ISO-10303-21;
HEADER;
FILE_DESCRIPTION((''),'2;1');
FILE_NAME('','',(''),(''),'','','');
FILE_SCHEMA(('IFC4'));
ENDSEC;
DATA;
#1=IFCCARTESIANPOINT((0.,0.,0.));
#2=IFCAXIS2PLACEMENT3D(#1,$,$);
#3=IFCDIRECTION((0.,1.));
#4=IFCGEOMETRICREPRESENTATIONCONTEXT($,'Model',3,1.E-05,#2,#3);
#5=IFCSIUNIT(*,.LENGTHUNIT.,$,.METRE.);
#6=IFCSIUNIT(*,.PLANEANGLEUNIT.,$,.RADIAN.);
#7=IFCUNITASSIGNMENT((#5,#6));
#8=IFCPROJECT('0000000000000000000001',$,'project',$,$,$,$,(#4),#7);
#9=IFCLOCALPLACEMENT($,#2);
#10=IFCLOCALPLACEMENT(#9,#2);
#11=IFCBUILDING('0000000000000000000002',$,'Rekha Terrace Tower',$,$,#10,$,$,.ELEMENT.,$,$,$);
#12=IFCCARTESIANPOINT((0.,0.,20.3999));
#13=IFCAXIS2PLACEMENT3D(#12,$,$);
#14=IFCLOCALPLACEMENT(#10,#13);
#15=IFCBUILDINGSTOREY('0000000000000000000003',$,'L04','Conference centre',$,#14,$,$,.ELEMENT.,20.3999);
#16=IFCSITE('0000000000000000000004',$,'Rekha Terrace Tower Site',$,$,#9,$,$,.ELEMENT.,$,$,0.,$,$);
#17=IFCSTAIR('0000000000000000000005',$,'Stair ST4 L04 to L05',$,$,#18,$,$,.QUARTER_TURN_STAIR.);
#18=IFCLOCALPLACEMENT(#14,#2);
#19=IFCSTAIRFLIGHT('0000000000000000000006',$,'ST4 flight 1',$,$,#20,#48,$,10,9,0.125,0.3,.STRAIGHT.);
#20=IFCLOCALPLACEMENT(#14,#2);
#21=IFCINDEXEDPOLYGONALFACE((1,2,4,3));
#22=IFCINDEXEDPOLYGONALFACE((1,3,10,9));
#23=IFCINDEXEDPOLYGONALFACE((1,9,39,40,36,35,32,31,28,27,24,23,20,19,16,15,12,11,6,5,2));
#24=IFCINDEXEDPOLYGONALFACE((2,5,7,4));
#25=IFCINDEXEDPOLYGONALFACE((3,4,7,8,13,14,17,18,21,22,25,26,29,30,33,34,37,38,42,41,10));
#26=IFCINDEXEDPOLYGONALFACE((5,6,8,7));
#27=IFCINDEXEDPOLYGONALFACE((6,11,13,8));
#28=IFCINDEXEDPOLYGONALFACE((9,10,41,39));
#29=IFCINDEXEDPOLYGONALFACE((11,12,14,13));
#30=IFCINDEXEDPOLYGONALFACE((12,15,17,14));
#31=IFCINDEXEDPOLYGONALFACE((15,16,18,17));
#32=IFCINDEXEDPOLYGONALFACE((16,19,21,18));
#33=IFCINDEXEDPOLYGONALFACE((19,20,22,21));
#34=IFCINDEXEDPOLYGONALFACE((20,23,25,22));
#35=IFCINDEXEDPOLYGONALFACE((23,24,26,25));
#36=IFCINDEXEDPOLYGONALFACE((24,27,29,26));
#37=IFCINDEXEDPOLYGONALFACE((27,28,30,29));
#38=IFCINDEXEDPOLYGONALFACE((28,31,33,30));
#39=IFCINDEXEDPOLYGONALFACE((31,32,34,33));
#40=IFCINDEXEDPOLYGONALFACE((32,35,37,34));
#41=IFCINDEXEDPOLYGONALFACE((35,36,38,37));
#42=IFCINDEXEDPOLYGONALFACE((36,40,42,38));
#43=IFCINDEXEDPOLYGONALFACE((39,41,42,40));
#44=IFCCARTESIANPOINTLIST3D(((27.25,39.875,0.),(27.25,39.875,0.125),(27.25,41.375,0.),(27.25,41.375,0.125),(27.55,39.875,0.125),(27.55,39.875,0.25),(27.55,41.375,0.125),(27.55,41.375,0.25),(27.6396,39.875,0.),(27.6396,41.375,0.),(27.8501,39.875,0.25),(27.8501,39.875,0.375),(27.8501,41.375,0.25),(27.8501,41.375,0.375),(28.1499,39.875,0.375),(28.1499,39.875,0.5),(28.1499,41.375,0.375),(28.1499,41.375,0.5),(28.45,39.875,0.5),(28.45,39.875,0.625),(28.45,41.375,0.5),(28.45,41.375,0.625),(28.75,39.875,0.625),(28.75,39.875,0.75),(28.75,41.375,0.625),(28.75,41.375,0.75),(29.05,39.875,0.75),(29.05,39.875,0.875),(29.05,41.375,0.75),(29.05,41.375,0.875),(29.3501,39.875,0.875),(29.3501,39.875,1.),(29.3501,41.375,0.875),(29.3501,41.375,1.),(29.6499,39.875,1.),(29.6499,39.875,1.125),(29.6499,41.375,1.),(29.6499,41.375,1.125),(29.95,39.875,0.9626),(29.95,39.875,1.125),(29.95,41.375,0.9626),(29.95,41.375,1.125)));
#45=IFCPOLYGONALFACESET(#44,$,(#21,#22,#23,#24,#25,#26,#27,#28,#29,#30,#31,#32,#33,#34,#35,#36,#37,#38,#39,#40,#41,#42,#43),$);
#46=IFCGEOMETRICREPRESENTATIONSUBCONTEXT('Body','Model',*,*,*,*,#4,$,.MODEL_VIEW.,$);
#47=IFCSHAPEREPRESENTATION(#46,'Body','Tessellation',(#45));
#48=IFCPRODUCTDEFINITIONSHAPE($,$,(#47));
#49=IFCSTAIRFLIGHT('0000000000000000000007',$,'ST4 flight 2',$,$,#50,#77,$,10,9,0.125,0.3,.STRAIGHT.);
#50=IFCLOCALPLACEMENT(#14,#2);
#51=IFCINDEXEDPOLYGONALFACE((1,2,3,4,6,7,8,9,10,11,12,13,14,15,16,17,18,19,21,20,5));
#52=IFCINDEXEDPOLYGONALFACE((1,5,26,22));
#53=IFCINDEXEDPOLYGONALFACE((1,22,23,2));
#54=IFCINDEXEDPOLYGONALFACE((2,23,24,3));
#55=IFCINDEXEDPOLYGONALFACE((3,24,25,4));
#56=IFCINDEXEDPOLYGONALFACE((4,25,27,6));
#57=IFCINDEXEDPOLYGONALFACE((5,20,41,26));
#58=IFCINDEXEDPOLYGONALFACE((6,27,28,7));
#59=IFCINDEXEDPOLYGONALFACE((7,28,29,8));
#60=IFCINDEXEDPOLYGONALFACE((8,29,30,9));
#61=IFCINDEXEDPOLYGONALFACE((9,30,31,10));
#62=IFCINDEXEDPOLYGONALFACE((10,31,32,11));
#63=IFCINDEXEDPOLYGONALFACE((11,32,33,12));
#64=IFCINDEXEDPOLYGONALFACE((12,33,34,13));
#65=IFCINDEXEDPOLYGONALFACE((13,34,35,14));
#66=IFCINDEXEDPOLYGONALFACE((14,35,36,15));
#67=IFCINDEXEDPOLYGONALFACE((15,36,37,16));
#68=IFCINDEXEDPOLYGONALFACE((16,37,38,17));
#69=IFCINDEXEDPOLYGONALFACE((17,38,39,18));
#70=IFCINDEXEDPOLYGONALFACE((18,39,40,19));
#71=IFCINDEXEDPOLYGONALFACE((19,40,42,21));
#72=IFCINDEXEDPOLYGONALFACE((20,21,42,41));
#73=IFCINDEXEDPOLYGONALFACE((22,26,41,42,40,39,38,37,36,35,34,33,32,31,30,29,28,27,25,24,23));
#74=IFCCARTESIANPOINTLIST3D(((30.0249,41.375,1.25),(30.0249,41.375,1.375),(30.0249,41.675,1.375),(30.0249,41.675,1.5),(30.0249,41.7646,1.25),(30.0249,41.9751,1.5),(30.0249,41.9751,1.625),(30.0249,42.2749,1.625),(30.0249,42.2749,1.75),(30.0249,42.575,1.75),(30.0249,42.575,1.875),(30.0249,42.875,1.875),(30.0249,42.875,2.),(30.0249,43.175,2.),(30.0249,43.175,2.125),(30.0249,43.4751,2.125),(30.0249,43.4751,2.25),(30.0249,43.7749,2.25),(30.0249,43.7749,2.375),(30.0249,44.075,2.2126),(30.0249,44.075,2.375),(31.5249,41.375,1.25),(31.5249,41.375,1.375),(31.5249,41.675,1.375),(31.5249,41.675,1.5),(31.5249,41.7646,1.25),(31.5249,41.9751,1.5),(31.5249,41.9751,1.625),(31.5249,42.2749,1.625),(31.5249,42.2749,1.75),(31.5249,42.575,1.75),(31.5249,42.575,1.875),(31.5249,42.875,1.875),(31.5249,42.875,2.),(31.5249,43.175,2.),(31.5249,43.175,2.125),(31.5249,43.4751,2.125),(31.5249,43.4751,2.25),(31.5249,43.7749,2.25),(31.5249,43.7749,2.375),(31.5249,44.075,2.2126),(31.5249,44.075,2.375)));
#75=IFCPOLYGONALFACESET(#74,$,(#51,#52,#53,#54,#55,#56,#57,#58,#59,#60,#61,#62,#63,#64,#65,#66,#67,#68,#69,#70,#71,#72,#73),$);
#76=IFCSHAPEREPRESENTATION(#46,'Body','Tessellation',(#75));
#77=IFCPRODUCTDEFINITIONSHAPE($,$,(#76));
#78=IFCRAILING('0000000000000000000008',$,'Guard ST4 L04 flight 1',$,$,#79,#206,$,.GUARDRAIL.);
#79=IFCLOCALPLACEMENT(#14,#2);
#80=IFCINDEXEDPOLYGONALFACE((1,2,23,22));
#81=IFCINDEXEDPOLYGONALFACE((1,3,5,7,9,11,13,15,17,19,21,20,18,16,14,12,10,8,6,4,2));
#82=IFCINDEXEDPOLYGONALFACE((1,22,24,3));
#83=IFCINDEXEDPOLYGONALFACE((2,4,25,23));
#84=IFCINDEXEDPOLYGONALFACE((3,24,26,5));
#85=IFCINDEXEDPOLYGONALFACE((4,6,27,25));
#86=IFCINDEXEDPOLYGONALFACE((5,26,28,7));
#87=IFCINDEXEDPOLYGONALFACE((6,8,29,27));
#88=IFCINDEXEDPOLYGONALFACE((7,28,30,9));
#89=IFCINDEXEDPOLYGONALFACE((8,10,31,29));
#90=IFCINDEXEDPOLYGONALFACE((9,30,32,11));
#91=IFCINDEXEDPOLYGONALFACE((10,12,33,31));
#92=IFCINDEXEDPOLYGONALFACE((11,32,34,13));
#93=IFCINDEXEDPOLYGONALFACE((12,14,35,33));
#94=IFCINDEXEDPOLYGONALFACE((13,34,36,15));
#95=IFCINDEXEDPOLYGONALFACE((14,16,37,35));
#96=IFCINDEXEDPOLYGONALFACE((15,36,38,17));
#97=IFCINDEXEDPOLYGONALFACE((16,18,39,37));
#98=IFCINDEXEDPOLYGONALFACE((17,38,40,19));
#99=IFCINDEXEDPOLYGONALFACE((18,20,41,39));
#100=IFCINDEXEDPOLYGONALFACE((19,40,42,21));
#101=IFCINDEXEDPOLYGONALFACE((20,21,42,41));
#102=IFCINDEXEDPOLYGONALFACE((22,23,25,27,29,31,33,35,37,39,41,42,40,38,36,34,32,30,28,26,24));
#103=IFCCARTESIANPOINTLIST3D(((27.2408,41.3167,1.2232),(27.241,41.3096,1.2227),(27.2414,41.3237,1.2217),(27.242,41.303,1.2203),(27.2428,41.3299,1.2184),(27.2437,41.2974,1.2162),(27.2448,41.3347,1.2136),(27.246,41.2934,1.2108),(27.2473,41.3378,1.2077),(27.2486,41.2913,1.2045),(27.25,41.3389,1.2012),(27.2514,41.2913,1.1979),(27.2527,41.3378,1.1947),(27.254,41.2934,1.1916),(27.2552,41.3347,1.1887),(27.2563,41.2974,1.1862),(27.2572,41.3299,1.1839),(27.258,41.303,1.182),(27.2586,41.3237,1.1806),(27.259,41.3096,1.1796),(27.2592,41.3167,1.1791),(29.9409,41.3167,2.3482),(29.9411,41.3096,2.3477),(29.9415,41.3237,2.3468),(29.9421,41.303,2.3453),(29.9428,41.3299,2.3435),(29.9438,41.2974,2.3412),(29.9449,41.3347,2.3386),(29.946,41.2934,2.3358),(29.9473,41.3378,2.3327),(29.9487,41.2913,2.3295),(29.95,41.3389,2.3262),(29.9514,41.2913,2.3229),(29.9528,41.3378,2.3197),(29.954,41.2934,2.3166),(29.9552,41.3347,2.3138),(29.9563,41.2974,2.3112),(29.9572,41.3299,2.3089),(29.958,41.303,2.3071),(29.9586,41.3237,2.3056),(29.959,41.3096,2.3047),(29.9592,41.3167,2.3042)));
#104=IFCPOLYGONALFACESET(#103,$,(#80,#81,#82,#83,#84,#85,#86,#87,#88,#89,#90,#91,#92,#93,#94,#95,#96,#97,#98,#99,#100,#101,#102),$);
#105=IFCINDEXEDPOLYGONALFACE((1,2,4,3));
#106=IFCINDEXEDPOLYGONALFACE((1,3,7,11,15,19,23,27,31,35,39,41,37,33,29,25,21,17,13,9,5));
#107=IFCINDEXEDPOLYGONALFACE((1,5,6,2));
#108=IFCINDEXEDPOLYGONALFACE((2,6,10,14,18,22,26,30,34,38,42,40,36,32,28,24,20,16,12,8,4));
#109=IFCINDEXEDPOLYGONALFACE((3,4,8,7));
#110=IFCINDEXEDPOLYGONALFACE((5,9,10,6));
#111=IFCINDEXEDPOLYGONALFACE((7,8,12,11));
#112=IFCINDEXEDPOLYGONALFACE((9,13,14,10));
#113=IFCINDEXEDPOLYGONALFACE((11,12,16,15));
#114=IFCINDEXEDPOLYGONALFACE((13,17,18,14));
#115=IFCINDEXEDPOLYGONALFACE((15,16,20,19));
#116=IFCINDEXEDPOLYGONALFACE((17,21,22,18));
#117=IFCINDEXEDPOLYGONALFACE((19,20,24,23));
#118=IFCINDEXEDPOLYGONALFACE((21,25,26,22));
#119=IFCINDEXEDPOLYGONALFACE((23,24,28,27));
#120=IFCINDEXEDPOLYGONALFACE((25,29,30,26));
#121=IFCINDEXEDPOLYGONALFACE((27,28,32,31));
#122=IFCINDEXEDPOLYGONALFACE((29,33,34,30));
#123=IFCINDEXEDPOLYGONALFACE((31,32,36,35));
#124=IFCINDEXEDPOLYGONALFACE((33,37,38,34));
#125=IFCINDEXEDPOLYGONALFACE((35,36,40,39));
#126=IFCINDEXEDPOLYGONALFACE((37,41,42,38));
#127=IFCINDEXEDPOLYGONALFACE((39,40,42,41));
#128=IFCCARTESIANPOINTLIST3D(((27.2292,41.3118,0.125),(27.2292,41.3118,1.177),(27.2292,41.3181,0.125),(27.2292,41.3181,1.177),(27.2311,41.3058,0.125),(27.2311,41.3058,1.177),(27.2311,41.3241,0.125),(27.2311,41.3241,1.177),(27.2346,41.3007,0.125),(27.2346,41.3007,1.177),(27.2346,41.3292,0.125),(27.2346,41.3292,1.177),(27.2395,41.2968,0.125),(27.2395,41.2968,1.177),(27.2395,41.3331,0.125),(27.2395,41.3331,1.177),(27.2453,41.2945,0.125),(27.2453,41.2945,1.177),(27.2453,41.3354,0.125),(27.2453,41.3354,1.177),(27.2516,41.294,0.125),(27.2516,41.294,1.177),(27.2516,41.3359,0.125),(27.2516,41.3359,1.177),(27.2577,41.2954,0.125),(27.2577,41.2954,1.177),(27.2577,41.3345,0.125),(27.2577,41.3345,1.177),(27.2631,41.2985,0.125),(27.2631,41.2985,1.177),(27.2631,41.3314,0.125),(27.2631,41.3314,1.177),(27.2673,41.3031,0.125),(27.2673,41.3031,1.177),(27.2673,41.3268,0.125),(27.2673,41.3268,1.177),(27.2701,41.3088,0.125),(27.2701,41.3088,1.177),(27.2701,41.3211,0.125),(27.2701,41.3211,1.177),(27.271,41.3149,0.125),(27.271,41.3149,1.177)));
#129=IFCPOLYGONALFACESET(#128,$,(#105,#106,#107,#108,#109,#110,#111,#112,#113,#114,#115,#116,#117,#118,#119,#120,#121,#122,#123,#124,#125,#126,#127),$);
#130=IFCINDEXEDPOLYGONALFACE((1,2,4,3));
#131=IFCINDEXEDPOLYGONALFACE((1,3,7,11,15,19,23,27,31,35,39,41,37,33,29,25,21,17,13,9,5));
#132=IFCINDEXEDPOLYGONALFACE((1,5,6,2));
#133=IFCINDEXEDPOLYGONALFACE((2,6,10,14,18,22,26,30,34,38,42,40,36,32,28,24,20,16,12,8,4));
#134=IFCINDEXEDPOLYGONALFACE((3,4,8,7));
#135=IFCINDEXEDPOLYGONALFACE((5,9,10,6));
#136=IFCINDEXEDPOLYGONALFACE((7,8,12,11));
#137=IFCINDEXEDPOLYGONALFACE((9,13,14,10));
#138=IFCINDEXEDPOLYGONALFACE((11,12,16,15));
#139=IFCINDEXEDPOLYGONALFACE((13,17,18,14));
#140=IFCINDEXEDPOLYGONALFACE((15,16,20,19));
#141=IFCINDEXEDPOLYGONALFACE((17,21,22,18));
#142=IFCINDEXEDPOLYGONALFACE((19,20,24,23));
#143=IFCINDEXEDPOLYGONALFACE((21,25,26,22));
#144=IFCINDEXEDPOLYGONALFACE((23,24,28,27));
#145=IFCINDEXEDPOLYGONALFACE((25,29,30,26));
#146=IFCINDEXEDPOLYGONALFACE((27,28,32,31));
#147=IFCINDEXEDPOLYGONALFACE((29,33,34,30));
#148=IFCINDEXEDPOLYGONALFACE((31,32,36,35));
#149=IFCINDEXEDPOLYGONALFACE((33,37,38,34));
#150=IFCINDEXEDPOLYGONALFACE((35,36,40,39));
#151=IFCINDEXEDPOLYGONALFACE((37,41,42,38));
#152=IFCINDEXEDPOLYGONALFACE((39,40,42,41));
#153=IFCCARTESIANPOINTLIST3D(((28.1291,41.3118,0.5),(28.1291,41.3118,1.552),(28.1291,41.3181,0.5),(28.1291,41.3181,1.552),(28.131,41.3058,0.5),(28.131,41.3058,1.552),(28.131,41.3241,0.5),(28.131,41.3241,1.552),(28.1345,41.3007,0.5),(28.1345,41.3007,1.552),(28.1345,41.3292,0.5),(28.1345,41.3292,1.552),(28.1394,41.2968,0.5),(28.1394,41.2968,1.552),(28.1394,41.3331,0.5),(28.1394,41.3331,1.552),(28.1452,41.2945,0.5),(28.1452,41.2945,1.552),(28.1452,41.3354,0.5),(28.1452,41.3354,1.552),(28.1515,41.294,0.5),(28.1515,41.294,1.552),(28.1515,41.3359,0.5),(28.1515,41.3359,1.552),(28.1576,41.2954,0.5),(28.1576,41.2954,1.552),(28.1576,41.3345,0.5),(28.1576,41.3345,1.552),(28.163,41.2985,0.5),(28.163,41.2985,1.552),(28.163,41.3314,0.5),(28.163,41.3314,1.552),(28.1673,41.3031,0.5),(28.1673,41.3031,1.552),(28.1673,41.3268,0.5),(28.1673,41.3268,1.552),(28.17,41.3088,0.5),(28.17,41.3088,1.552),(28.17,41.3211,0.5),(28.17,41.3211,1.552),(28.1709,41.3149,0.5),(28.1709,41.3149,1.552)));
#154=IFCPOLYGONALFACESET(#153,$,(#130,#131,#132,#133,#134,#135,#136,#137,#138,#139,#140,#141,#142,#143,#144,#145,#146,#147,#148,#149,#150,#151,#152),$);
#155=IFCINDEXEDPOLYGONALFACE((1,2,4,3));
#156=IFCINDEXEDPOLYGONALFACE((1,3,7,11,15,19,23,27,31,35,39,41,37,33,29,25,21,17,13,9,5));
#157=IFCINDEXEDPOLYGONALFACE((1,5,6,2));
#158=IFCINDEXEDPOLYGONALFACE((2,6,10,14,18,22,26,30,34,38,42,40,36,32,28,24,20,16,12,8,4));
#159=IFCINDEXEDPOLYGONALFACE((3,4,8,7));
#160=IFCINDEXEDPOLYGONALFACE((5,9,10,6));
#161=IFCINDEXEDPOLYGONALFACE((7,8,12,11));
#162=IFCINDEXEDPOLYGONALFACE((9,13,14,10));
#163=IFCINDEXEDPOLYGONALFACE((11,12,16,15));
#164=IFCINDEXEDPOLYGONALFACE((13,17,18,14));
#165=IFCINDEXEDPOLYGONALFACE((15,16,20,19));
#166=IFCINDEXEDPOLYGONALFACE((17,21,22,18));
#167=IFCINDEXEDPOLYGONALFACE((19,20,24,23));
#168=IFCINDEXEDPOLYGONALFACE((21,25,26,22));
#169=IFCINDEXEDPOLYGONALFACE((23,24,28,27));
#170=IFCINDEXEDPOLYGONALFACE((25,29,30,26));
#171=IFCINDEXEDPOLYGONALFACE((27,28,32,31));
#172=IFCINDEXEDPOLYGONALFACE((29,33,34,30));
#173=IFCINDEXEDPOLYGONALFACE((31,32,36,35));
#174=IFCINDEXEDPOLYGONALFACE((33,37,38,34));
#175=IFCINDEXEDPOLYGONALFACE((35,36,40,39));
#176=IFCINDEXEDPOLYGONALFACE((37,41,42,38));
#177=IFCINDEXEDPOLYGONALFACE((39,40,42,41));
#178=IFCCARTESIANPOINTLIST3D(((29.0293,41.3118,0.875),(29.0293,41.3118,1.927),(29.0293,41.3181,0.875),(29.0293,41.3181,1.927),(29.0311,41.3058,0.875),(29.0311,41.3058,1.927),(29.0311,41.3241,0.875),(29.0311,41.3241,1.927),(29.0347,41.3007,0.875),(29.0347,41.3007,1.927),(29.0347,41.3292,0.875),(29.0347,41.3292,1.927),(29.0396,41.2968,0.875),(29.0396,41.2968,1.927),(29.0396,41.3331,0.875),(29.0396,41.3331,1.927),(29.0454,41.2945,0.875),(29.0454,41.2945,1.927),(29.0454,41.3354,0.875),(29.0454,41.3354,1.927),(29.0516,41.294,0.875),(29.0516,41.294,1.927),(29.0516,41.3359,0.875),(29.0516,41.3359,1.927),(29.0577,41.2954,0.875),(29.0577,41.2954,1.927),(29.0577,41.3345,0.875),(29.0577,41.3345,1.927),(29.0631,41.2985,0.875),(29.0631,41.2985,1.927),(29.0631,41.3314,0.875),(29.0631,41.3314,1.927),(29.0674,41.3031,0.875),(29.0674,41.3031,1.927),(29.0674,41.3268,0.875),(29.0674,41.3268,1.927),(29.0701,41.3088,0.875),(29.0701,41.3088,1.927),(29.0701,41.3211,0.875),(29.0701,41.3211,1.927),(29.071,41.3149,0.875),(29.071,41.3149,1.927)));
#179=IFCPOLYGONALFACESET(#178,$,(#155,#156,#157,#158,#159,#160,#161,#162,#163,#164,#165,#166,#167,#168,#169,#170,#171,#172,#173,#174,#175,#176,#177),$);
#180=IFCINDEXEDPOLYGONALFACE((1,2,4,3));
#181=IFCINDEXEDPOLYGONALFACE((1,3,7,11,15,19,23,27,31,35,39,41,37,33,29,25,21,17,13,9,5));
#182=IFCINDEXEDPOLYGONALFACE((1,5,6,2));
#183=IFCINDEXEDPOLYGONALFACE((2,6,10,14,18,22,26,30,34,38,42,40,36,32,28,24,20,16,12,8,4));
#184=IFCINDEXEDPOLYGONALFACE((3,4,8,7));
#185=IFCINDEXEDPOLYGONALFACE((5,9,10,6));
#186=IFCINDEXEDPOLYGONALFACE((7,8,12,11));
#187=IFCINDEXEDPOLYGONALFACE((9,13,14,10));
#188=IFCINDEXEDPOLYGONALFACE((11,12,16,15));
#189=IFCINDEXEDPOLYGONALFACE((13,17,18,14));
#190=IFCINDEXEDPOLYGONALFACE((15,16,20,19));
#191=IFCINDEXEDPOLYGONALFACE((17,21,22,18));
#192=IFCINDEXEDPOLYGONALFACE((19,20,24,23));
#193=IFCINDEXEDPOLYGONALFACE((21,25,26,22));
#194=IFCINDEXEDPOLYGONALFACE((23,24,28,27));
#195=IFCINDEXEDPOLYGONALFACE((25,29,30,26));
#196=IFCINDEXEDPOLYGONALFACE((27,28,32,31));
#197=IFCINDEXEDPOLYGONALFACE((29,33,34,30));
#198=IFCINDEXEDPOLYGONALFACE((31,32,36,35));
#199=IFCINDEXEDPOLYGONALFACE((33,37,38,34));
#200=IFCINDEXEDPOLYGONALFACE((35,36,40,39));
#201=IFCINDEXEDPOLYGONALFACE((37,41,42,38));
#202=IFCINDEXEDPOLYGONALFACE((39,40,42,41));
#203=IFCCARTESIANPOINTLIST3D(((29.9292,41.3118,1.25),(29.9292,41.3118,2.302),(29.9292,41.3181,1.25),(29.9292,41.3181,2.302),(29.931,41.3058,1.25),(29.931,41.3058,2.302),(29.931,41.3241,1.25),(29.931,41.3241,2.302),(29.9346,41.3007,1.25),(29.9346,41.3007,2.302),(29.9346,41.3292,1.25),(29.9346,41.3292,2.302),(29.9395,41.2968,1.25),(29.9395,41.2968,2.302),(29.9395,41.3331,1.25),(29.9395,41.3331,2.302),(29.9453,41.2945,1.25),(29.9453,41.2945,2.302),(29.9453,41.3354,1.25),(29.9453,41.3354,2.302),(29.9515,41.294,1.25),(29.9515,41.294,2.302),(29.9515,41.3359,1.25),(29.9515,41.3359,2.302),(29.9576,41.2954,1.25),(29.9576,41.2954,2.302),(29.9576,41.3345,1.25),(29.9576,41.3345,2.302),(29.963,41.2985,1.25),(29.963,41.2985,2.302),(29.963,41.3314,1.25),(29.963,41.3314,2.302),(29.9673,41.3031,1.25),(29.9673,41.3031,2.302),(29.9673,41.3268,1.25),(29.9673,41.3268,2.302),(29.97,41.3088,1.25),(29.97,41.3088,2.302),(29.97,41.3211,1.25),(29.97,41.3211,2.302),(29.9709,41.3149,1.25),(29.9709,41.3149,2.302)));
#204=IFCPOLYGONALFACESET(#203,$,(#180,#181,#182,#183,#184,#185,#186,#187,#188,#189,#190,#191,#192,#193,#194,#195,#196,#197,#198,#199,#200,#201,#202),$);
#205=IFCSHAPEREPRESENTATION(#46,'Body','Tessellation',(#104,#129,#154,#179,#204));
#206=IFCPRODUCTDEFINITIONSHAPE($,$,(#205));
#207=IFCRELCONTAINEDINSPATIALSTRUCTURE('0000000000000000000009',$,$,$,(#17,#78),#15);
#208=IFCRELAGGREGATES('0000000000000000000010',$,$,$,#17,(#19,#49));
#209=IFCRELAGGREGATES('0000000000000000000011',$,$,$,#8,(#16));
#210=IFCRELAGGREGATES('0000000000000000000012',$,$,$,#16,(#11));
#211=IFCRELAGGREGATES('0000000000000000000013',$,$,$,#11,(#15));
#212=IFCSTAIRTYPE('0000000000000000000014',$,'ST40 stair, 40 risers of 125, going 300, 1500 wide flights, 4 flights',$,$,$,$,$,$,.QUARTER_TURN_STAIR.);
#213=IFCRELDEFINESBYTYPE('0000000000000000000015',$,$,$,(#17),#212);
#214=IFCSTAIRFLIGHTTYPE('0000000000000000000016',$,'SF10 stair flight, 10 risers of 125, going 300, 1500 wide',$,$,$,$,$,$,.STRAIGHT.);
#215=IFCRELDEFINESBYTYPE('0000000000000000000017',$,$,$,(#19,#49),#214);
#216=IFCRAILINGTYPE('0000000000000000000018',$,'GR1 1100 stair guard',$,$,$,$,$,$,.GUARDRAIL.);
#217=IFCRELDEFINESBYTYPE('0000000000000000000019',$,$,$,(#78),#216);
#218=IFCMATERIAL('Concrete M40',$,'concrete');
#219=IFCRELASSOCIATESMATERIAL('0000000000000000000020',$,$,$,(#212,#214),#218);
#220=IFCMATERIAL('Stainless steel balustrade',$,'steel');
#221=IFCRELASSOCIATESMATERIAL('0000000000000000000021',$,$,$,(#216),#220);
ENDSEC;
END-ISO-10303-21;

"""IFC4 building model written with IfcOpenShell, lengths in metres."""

from ifc_helpers import new_model, si_unit, direction, frame, origin, origin_2d, place, context, subcontext, project, spatial, polyline, circle, outline, extrude, material, type_object, element, aggregate, save


model = new_model("IFC4")

# Units and contexts
model_context = context("Model", 3, precision=1e-05, world=origin(), true_north=direction((0.0, 1.0)))
body_context = subcontext(model_context, "Body", "Model", "MODEL_VIEW")
ifc_project = project(units=[si_unit("LENGTHUNIT", "METRE"), si_unit("PLANEANGLEUNIT", "RADIAN")], contexts=[model_context])

# Site, building, storey
site_placement = place(None, origin())
site = spatial("IfcSite", under=ifc_project, at=site_placement, Name="Rekha Terrace Tower Site", CompositionType="ELEMENT", RefElevation=0.0)
building_placement = place(site_placement, origin())
building = spatial("IfcBuilding", under=site, at=building_placement, Name="Rekha Terrace Tower", CompositionType="ELEMENT")
storey_placement = place(building_placement, frame((0.0, 0.0, 20.3999)))
storey = spatial("IfcBuildingStorey", under=building, at=storey_placement, Name="L04", Description="Conference centre", CompositionType="ELEMENT", Elevation=20.3999)

# Stair, stair flights
ifc_material_1 = material(Name="Concrete M40", Category="concrete")
stair_type = type_object("IfcStairType", Name="ST40 stair, 40 risers of 125, going 300, 1500 wide flights, 4 flights", PredefinedType="QUARTER_TURN_STAIR", material=ifc_material_1)
stair_placement = place(storey_placement, origin())
stair = element("IfcStair", 1, at=stair_placement, inside=storey, type_object=stair_type, Name="Stair ST4 L04 to L05", PredefinedType="QUARTER_TURN_STAIR")
stair_flight_type = type_object("IfcStairFlightType", Name="SF10 stair flight, 10 risers of 125, going 300, 1500 wide", PredefinedType="STRAIGHT", material=ifc_material_1)
stair_flight_1_placement = place(storey_placement, frame((27.25, 40.625, 0.0), z_axis=(0.0, 0.0, 1.0), x_axis=(1.0, 0.0, 0.0)))
stair_flight_1 = element("IfcStairFlight", 2, at=stair_flight_1_placement, type_object=stair_flight_type, Name="ST4 flight 1", NumberOfRisers=10, NumberOfTreads=9, PredefinedType="STRAIGHT", RiserHeight=0.125, TreadLength=0.3, context=body_context, shape_type="SweptSolid", body=[
    extrude(outline(polyline([(0.0, 0.0), (0.0, 0.125), (0.3, 0.125), (0.3, 0.25), (0.6001, 0.25), (0.6001, 0.375), (0.8999, 0.375), (0.8999, 0.5), (1.2, 0.5), (1.2, 0.625), (1.5, 0.625), (1.5, 0.75), (1.8, 0.75), (1.8, 0.875), (2.1001, 0.875), (2.1001, 1.0), (2.3999, 1.0), (2.3999, 1.125), (2.7, 1.125), (2.7, 1.25), (2.7, 0.9626), (0.3896, 0.0), (0.0, 0.0)])), frame((0.0, 0.75, 0.0), z_axis=(0.0, -1.0, 0.0), x_axis=(1.0, 0.0, 0.0)), (0.0, 0.0, 1.0), 1.5),
])
stair_flight_2_placement = place(storey_placement, frame((30.7749, 41.375, 1.25), z_axis=(0.0, 0.0, 1.0), x_axis=(0.0, 1.0, 0.0)))
stair_flight_2 = element("IfcStairFlight", 3, at=stair_flight_2_placement, type_object=stair_flight_type, Name="ST4 flight 2", NumberOfRisers=10, NumberOfTreads=9, PredefinedType="STRAIGHT", RiserHeight=0.125, TreadLength=0.3, context=body_context, shape_type="SweptSolid", body=[
    extrude(outline(polyline([(0.0, 0.0), (0.0, 0.125), (0.3, 0.125), (0.3, 0.25), (0.6001, 0.25), (0.6001, 0.375), (0.8999, 0.375), (0.8999, 0.5), (1.2, 0.5), (1.2, 0.625), (1.5, 0.625), (1.5, 0.75), (1.8, 0.75), (1.8, 0.875), (2.1001, 0.875), (2.1001, 1.0), (2.3999, 1.0), (2.3999, 1.125), (2.7, 1.125), (2.7, 1.25), (2.7, 0.9626), (0.3896, 0.0), (0.0, 0.0)])), frame((0.0, 0.75, 0.0), z_axis=(0.0, -1.0, 0.0), x_axis=(1.0, 0.0, 0.0)), (0.0, 0.0, 1.0), 1.5),
])
aggregate(stair, [stair_flight_1, stair_flight_2])

# Railing
ifc_material_2 = material(Name="Stainless steel balustrade", Category="steel")
railing_type_1 = type_object("IfcRailingType", Name="GR1 1100 stair guard", PredefinedType="GUARDRAIL", material=ifc_material_2)
railing_1_placement = place(storey_placement, frame((27.25, 41.3149, 0.125)))
element("IfcRailing", 4, at=railing_1_placement, inside=storey, type_object=railing_type_1, Name="Guard ST4 L04 flight 1", PredefinedType="GUARDRAIL", context=body_context, shape_type="SweptSolid", body=[
    extrude(circle(Radius=0.0239, at=origin_2d()), frame((0.0, 0.0, 1.0762), z_axis=(0.923074, 0.0, 0.384621), x_axis=(0.0, 1.0, 0.0)), (0.0, 0.0, 1.0), 2.925),
    extrude(circle(Radius=0.021, at=origin_2d()), origin(), (0.0, 0.0, 1.0), 1.052),
    extrude(circle(Radius=0.021, at=origin_2d()), frame((0.8999, 0.0, 0.375)), (0.0, 0.0, 1.0), 1.052),
    extrude(circle(Radius=0.021, at=origin_2d()), frame((1.8, 0.0, 0.75)), (0.0, 0.0, 1.0), 1.052),
    extrude(circle(Radius=0.021, at=origin_2d()), frame((2.7, 0.0, 1.125)), (0.0, 0.0, 1.0), 1.052),
])

save(model, "model.ifc")
